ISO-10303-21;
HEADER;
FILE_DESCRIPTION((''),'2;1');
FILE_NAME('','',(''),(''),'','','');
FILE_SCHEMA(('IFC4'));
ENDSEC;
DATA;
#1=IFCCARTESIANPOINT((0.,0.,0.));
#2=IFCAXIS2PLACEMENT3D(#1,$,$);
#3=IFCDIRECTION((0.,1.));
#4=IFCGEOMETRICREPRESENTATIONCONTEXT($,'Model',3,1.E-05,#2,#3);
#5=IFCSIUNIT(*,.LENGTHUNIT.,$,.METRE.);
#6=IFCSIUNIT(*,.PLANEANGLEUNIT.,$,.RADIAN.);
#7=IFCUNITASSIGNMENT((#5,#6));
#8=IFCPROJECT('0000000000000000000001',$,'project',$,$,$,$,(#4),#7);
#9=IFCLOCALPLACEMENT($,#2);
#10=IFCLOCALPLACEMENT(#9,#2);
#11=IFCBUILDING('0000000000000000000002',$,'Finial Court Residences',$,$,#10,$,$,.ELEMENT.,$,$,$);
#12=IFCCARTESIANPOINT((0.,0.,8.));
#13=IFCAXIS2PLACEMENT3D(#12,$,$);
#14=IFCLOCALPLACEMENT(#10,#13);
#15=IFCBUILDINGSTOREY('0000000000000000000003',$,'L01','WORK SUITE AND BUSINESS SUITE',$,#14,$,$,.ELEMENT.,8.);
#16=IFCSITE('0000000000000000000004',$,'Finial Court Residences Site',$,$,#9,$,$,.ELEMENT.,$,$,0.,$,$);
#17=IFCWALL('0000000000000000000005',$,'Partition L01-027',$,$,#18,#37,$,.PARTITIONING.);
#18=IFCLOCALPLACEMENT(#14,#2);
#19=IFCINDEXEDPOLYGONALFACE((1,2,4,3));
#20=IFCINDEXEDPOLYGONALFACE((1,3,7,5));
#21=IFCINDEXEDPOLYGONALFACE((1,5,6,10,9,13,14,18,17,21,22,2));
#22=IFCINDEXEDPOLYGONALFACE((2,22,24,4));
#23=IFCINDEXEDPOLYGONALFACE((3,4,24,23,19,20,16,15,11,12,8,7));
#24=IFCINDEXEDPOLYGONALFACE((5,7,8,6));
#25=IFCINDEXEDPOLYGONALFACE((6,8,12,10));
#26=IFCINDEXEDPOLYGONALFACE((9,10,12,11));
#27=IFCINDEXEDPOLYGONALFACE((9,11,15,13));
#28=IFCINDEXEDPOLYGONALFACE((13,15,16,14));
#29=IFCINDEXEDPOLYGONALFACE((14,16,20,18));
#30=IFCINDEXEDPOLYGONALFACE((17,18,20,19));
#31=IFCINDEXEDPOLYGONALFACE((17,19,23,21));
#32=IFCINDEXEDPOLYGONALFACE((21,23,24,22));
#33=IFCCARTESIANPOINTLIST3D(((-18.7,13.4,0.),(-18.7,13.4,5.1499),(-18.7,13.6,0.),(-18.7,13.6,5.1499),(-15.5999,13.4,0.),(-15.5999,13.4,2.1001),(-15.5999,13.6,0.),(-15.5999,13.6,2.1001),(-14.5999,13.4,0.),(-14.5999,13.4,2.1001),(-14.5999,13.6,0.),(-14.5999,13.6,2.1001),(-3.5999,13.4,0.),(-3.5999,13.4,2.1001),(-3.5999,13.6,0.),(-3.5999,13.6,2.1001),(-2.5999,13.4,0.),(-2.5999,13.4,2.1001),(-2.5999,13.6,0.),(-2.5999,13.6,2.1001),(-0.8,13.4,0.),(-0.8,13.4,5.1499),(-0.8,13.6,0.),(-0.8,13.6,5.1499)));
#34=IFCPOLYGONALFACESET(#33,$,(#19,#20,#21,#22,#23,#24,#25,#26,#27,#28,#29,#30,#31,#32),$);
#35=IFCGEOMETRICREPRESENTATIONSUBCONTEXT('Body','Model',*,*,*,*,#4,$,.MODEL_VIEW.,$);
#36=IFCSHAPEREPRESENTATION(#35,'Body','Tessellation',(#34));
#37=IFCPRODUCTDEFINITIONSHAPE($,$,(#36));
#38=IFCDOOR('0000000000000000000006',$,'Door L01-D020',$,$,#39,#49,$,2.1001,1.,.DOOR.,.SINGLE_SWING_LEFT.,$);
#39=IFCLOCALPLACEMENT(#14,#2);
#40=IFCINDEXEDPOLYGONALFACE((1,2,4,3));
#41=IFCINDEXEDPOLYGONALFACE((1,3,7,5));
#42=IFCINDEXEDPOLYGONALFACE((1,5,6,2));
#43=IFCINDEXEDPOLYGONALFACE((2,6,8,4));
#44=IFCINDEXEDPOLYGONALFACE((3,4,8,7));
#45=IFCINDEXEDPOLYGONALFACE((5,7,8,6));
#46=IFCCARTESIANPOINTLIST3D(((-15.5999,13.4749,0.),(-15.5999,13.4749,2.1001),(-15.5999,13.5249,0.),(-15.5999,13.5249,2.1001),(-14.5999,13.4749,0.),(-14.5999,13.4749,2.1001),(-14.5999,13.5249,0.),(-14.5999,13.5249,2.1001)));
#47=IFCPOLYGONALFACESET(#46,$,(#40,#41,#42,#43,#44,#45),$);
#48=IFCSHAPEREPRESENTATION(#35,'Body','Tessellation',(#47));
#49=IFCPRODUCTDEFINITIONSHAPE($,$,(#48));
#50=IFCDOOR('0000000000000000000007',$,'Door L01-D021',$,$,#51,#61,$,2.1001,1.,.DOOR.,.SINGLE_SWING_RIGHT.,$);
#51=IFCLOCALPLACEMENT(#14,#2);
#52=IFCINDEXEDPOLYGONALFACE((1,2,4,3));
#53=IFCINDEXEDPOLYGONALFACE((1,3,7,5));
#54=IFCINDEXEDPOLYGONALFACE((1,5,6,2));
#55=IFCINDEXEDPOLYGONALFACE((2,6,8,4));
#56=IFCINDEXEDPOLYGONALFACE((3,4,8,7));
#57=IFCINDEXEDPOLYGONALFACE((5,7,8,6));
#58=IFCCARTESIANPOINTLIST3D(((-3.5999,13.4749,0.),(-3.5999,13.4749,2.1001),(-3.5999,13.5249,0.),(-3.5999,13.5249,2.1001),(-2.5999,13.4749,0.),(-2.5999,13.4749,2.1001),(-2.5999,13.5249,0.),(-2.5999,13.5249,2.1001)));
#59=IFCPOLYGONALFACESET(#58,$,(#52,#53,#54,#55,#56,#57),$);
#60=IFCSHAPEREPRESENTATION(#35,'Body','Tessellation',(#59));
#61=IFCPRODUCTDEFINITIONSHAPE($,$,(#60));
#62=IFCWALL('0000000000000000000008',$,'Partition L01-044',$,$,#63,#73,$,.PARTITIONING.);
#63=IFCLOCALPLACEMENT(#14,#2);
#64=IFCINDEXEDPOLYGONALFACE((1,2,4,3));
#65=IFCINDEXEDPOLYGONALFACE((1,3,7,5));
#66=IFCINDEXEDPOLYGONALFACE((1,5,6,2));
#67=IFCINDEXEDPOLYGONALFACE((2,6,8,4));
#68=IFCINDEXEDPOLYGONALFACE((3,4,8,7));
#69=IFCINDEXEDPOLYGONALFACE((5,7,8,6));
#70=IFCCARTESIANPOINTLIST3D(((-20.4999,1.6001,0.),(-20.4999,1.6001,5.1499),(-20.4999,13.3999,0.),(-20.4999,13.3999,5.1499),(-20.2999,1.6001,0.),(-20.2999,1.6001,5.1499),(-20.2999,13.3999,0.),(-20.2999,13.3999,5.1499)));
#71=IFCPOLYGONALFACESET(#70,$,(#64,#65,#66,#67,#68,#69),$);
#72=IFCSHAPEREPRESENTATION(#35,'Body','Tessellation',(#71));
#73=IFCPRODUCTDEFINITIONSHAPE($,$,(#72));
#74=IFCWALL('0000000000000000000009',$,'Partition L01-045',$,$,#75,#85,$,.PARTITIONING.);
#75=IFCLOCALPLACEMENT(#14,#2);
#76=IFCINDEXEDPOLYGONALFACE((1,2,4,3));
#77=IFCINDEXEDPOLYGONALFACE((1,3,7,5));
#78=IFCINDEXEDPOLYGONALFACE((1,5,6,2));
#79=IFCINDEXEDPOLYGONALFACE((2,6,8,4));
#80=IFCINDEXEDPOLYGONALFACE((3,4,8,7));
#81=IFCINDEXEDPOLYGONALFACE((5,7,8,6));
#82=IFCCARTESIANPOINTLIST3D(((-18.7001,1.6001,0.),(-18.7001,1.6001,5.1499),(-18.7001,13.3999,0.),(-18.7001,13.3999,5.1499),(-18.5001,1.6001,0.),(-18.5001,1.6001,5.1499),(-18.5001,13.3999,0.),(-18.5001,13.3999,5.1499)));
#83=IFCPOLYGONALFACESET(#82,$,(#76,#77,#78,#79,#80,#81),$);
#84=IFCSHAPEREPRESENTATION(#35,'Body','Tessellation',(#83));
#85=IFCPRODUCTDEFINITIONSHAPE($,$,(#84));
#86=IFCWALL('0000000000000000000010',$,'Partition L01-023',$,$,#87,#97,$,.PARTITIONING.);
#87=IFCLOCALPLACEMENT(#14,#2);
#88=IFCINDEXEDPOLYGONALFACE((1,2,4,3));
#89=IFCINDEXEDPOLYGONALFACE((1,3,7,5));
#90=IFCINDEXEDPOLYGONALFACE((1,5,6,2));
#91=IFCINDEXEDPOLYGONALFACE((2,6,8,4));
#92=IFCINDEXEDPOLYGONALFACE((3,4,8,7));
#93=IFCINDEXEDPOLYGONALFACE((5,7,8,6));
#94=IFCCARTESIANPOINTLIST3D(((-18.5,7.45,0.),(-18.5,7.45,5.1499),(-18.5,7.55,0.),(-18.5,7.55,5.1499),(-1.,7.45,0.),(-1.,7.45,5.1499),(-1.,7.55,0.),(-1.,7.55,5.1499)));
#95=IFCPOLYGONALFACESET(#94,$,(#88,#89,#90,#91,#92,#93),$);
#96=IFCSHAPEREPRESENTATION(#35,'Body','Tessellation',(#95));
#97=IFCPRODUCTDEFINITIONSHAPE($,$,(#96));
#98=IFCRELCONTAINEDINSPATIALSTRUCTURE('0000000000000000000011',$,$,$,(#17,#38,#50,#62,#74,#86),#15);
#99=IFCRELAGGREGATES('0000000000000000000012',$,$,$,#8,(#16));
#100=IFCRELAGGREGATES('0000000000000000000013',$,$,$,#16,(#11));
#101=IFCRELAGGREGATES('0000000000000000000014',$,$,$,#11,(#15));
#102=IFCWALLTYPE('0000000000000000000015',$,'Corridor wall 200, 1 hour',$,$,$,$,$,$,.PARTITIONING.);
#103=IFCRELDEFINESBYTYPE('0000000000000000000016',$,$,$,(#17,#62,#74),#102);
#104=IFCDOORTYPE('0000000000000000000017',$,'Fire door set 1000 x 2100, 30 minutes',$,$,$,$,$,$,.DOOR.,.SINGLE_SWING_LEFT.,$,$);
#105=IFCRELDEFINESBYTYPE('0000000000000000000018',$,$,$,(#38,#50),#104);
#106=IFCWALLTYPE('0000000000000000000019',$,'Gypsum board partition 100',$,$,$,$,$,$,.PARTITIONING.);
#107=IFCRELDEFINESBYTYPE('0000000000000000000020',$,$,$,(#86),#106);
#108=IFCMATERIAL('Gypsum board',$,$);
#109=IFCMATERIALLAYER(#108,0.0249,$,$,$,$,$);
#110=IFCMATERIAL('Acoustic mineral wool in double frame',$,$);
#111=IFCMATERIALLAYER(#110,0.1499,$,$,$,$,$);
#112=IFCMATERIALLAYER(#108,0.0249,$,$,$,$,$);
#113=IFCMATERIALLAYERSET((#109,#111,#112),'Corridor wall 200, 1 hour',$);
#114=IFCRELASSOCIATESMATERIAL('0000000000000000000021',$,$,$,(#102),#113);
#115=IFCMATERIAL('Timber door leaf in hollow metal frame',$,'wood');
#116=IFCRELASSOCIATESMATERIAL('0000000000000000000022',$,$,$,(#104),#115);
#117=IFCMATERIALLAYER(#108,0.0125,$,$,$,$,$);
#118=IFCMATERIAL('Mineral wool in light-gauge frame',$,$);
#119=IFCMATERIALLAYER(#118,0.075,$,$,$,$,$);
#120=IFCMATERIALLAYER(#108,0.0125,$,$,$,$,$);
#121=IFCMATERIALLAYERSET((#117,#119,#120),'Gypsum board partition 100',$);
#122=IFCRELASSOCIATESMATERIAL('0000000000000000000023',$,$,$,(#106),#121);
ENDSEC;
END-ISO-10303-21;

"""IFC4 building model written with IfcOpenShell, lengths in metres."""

from ifc_helpers import new_model, si_unit, direction, frame, frame_2d, origin, place, context, subcontext, project, spatial, rectangle, extrude, material, layer, layer_set, type_object, element, fill, save


model = new_model("IFC4")

# Units and contexts
model_context = context("Model", 3, precision=1e-05, world=origin(), true_north=direction((0.0, 1.0)))
body_context = subcontext(model_context, "Body", "Model", "MODEL_VIEW")
ifc_project = project(units=[si_unit("LENGTHUNIT", "METRE"), si_unit("PLANEANGLEUNIT", "RADIAN")], contexts=[model_context])

# Site, building, storey
site_placement = place(None, origin())
site = spatial("IfcSite", under=ifc_project, at=site_placement, Name="Finial Court Residences Site", CompositionType="ELEMENT", RefElevation=0.0)
building_placement = place(site_placement, origin())
building = spatial("IfcBuilding", under=site, at=building_placement, Name="Finial Court Residences", CompositionType="ELEMENT")
storey_placement = place(building_placement, frame((0.0, 0.0, 8.0)))
storey = spatial("IfcBuildingStorey", under=building, at=storey_placement, Name="L01", Description="WORK SUITE AND BUSINESS SUITE", CompositionType="ELEMENT", Elevation=8.0)

# Wall, openings, doors
ifc_material_1 = material(Name="Gypsum board")
ifc_layer_1 = layer(ifc_material_1, 0.0249)
ifc_material_2 = material(Name="Acoustic mineral wool in double frame")
ifc_layer_2 = layer(ifc_material_2, 0.1499)
ifc_layer_3 = layer(ifc_material_1, 0.0249)
ifc_layer_set_1 = layer_set([ifc_layer_1, ifc_layer_2, ifc_layer_3], Name="Corridor wall 200, 1 hour")
wall_type_1 = type_object("IfcWallType", Name="Corridor wall 200, 1 hour", PredefinedType="PARTITIONING", material=ifc_layer_set_1)
ifc_material_3 = material(Name="Timber door leaf in hollow metal frame", Category="wood")
door_type = type_object("IfcDoorType", Name="Fire door set 1000 x 2100, 30 minutes", OperationType="SINGLE_SWING_LEFT", PredefinedType="DOOR", material=ifc_material_3)
wall_1_placement = place(storey_placement, frame((-18.7, 13.5, 0.0), z_axis=(0.0, 0.0, 1.0), x_axis=(1.0, 0.0, 0.0)))
wall_1 = element("IfcWall", 1, at=wall_1_placement, inside=storey, type_object=wall_type_1, Name="Partition L01-027", PredefinedType="PARTITIONING", context=body_context, shape_type="SweptSolid", body=[
    extrude(rectangle(XDim=17.8999, YDim=0.2, at=frame_2d((8.95, 0.0))), origin(), (0.0, 0.0, 1.0), 5.1499),
])
opening_1_placement = place(wall_1_placement, frame((3.1001, 0.0, 0.0)))
opening_1 = element("IfcOpeningElement", 2, at=opening_1_placement, cuts=wall_1, PredefinedType="OPENING", context=body_context, shape_type="SweptSolid", body=[
    extrude(rectangle(XDim=1.0, YDim=2.1001, at=frame_2d((0.5, 1.05))), frame((0.0, 0.1099, 0.0), z_axis=(0.0, -1.0, 0.0), x_axis=(1.0, 0.0, 0.0)), (0.0, 0.0, 1.0), 0.22),
])
opening_2_placement = place(wall_1_placement, frame((15.1001, 0.0, 0.0)))
opening_2 = element("IfcOpeningElement", 3, at=opening_2_placement, cuts=wall_1, PredefinedType="OPENING", context=body_context, shape_type="SweptSolid", body=[
    extrude(rectangle(XDim=1.0, YDim=2.1001, at=frame_2d((0.5, 1.05))), frame((0.0, 0.1099, 0.0), z_axis=(0.0, -1.0, 0.0), x_axis=(1.0, 0.0, 0.0)), (0.0, 0.0, 1.0), 0.22),
])
door_1_placement = place(opening_1_placement, origin())
door_1 = element("IfcDoor", 4, at=door_1_placement, inside=storey, type_object=door_type, Name="Door L01-D020", OperationType="SINGLE_SWING_LEFT", OverallHeight=2.1001, OverallWidth=1.0, PredefinedType="DOOR", context=body_context, shape_type="SweptSolid", body=[
    extrude(rectangle(XDim=1.0, YDim=2.1001, at=frame_2d((0.5, 1.05))), frame((0.0, 0.0249, 0.0), z_axis=(0.0, -1.0, 0.0), x_axis=(1.0, 0.0, 0.0)), (0.0, 0.0, 1.0), 0.05),
])
fill(opening_1, door_1)
door_2_placement = place(opening_2_placement, origin())
door_2 = element("IfcDoor", 5, at=door_2_placement, inside=storey, type_object=door_type, Name="Door L01-D021", OperationType="SINGLE_SWING_RIGHT", OverallHeight=2.1001, OverallWidth=1.0, PredefinedType="DOOR", context=body_context, shape_type="SweptSolid", body=[
    extrude(rectangle(XDim=1.0, YDim=2.1001, at=frame_2d((0.5, 1.05))), frame((0.0, 0.0249, 0.0), z_axis=(0.0, -1.0, 0.0), x_axis=(1.0, 0.0, 0.0)), (0.0, 0.0, 1.0), 0.05),
])
fill(opening_2, door_2)

# Walls
for number, where, z_axis, x_axis, name in (
    (6, (-20.3999, 1.6001, 0.0), (0.0, 0.0, 1.0), (0.0, 1.0, 0.0), "Partition L01-044"),
    (7, (-18.6001, 1.6001, 0.0), (0.0, 0.0, 1.0), (0.0, 1.0, 0.0), "Partition L01-045"),
):
    element("IfcWall", number, at=place(storey_placement, frame(where, z_axis=z_axis, x_axis=x_axis)), inside=storey, type_object=wall_type_1, Name=name, PredefinedType="PARTITIONING", context=body_context, shape_type="SweptSolid", body=[
        extrude(rectangle(XDim=11.7998, YDim=0.2, at=frame_2d((5.8999, 0.0))), origin(), (0.0, 0.0, 1.0), 5.1499),
    ])
ifc_layer_4 = layer(ifc_material_1, 0.0125)
ifc_material_4 = material(Name="Mineral wool in light-gauge frame")
ifc_layer_5 = layer(ifc_material_4, 0.075)
ifc_layer_6 = layer(ifc_material_1, 0.0125)
ifc_layer_set_2 = layer_set([ifc_layer_4, ifc_layer_5, ifc_layer_6], Name="Gypsum board partition 100")
wall_type_2 = type_object("IfcWallType", Name="Gypsum board partition 100", PredefinedType="PARTITIONING", material=ifc_layer_set_2)
wall_2_placement = place(storey_placement, frame((-18.5, 7.5, 0.0), z_axis=(0.0, 0.0, 1.0), x_axis=(1.0, 0.0, 0.0)))
element("IfcWall", 8, at=wall_2_placement, inside=storey, type_object=wall_type_2, Name="Partition L01-023", PredefinedType="PARTITIONING", context=body_context, shape_type="SweptSolid", body=[
    extrude(rectangle(XDim=17.5, YDim=0.1001, at=frame_2d((8.75, 0.0))), origin(), (0.0, 0.0, 1.0), 5.1499),
])

save(model, "model.ifc")
